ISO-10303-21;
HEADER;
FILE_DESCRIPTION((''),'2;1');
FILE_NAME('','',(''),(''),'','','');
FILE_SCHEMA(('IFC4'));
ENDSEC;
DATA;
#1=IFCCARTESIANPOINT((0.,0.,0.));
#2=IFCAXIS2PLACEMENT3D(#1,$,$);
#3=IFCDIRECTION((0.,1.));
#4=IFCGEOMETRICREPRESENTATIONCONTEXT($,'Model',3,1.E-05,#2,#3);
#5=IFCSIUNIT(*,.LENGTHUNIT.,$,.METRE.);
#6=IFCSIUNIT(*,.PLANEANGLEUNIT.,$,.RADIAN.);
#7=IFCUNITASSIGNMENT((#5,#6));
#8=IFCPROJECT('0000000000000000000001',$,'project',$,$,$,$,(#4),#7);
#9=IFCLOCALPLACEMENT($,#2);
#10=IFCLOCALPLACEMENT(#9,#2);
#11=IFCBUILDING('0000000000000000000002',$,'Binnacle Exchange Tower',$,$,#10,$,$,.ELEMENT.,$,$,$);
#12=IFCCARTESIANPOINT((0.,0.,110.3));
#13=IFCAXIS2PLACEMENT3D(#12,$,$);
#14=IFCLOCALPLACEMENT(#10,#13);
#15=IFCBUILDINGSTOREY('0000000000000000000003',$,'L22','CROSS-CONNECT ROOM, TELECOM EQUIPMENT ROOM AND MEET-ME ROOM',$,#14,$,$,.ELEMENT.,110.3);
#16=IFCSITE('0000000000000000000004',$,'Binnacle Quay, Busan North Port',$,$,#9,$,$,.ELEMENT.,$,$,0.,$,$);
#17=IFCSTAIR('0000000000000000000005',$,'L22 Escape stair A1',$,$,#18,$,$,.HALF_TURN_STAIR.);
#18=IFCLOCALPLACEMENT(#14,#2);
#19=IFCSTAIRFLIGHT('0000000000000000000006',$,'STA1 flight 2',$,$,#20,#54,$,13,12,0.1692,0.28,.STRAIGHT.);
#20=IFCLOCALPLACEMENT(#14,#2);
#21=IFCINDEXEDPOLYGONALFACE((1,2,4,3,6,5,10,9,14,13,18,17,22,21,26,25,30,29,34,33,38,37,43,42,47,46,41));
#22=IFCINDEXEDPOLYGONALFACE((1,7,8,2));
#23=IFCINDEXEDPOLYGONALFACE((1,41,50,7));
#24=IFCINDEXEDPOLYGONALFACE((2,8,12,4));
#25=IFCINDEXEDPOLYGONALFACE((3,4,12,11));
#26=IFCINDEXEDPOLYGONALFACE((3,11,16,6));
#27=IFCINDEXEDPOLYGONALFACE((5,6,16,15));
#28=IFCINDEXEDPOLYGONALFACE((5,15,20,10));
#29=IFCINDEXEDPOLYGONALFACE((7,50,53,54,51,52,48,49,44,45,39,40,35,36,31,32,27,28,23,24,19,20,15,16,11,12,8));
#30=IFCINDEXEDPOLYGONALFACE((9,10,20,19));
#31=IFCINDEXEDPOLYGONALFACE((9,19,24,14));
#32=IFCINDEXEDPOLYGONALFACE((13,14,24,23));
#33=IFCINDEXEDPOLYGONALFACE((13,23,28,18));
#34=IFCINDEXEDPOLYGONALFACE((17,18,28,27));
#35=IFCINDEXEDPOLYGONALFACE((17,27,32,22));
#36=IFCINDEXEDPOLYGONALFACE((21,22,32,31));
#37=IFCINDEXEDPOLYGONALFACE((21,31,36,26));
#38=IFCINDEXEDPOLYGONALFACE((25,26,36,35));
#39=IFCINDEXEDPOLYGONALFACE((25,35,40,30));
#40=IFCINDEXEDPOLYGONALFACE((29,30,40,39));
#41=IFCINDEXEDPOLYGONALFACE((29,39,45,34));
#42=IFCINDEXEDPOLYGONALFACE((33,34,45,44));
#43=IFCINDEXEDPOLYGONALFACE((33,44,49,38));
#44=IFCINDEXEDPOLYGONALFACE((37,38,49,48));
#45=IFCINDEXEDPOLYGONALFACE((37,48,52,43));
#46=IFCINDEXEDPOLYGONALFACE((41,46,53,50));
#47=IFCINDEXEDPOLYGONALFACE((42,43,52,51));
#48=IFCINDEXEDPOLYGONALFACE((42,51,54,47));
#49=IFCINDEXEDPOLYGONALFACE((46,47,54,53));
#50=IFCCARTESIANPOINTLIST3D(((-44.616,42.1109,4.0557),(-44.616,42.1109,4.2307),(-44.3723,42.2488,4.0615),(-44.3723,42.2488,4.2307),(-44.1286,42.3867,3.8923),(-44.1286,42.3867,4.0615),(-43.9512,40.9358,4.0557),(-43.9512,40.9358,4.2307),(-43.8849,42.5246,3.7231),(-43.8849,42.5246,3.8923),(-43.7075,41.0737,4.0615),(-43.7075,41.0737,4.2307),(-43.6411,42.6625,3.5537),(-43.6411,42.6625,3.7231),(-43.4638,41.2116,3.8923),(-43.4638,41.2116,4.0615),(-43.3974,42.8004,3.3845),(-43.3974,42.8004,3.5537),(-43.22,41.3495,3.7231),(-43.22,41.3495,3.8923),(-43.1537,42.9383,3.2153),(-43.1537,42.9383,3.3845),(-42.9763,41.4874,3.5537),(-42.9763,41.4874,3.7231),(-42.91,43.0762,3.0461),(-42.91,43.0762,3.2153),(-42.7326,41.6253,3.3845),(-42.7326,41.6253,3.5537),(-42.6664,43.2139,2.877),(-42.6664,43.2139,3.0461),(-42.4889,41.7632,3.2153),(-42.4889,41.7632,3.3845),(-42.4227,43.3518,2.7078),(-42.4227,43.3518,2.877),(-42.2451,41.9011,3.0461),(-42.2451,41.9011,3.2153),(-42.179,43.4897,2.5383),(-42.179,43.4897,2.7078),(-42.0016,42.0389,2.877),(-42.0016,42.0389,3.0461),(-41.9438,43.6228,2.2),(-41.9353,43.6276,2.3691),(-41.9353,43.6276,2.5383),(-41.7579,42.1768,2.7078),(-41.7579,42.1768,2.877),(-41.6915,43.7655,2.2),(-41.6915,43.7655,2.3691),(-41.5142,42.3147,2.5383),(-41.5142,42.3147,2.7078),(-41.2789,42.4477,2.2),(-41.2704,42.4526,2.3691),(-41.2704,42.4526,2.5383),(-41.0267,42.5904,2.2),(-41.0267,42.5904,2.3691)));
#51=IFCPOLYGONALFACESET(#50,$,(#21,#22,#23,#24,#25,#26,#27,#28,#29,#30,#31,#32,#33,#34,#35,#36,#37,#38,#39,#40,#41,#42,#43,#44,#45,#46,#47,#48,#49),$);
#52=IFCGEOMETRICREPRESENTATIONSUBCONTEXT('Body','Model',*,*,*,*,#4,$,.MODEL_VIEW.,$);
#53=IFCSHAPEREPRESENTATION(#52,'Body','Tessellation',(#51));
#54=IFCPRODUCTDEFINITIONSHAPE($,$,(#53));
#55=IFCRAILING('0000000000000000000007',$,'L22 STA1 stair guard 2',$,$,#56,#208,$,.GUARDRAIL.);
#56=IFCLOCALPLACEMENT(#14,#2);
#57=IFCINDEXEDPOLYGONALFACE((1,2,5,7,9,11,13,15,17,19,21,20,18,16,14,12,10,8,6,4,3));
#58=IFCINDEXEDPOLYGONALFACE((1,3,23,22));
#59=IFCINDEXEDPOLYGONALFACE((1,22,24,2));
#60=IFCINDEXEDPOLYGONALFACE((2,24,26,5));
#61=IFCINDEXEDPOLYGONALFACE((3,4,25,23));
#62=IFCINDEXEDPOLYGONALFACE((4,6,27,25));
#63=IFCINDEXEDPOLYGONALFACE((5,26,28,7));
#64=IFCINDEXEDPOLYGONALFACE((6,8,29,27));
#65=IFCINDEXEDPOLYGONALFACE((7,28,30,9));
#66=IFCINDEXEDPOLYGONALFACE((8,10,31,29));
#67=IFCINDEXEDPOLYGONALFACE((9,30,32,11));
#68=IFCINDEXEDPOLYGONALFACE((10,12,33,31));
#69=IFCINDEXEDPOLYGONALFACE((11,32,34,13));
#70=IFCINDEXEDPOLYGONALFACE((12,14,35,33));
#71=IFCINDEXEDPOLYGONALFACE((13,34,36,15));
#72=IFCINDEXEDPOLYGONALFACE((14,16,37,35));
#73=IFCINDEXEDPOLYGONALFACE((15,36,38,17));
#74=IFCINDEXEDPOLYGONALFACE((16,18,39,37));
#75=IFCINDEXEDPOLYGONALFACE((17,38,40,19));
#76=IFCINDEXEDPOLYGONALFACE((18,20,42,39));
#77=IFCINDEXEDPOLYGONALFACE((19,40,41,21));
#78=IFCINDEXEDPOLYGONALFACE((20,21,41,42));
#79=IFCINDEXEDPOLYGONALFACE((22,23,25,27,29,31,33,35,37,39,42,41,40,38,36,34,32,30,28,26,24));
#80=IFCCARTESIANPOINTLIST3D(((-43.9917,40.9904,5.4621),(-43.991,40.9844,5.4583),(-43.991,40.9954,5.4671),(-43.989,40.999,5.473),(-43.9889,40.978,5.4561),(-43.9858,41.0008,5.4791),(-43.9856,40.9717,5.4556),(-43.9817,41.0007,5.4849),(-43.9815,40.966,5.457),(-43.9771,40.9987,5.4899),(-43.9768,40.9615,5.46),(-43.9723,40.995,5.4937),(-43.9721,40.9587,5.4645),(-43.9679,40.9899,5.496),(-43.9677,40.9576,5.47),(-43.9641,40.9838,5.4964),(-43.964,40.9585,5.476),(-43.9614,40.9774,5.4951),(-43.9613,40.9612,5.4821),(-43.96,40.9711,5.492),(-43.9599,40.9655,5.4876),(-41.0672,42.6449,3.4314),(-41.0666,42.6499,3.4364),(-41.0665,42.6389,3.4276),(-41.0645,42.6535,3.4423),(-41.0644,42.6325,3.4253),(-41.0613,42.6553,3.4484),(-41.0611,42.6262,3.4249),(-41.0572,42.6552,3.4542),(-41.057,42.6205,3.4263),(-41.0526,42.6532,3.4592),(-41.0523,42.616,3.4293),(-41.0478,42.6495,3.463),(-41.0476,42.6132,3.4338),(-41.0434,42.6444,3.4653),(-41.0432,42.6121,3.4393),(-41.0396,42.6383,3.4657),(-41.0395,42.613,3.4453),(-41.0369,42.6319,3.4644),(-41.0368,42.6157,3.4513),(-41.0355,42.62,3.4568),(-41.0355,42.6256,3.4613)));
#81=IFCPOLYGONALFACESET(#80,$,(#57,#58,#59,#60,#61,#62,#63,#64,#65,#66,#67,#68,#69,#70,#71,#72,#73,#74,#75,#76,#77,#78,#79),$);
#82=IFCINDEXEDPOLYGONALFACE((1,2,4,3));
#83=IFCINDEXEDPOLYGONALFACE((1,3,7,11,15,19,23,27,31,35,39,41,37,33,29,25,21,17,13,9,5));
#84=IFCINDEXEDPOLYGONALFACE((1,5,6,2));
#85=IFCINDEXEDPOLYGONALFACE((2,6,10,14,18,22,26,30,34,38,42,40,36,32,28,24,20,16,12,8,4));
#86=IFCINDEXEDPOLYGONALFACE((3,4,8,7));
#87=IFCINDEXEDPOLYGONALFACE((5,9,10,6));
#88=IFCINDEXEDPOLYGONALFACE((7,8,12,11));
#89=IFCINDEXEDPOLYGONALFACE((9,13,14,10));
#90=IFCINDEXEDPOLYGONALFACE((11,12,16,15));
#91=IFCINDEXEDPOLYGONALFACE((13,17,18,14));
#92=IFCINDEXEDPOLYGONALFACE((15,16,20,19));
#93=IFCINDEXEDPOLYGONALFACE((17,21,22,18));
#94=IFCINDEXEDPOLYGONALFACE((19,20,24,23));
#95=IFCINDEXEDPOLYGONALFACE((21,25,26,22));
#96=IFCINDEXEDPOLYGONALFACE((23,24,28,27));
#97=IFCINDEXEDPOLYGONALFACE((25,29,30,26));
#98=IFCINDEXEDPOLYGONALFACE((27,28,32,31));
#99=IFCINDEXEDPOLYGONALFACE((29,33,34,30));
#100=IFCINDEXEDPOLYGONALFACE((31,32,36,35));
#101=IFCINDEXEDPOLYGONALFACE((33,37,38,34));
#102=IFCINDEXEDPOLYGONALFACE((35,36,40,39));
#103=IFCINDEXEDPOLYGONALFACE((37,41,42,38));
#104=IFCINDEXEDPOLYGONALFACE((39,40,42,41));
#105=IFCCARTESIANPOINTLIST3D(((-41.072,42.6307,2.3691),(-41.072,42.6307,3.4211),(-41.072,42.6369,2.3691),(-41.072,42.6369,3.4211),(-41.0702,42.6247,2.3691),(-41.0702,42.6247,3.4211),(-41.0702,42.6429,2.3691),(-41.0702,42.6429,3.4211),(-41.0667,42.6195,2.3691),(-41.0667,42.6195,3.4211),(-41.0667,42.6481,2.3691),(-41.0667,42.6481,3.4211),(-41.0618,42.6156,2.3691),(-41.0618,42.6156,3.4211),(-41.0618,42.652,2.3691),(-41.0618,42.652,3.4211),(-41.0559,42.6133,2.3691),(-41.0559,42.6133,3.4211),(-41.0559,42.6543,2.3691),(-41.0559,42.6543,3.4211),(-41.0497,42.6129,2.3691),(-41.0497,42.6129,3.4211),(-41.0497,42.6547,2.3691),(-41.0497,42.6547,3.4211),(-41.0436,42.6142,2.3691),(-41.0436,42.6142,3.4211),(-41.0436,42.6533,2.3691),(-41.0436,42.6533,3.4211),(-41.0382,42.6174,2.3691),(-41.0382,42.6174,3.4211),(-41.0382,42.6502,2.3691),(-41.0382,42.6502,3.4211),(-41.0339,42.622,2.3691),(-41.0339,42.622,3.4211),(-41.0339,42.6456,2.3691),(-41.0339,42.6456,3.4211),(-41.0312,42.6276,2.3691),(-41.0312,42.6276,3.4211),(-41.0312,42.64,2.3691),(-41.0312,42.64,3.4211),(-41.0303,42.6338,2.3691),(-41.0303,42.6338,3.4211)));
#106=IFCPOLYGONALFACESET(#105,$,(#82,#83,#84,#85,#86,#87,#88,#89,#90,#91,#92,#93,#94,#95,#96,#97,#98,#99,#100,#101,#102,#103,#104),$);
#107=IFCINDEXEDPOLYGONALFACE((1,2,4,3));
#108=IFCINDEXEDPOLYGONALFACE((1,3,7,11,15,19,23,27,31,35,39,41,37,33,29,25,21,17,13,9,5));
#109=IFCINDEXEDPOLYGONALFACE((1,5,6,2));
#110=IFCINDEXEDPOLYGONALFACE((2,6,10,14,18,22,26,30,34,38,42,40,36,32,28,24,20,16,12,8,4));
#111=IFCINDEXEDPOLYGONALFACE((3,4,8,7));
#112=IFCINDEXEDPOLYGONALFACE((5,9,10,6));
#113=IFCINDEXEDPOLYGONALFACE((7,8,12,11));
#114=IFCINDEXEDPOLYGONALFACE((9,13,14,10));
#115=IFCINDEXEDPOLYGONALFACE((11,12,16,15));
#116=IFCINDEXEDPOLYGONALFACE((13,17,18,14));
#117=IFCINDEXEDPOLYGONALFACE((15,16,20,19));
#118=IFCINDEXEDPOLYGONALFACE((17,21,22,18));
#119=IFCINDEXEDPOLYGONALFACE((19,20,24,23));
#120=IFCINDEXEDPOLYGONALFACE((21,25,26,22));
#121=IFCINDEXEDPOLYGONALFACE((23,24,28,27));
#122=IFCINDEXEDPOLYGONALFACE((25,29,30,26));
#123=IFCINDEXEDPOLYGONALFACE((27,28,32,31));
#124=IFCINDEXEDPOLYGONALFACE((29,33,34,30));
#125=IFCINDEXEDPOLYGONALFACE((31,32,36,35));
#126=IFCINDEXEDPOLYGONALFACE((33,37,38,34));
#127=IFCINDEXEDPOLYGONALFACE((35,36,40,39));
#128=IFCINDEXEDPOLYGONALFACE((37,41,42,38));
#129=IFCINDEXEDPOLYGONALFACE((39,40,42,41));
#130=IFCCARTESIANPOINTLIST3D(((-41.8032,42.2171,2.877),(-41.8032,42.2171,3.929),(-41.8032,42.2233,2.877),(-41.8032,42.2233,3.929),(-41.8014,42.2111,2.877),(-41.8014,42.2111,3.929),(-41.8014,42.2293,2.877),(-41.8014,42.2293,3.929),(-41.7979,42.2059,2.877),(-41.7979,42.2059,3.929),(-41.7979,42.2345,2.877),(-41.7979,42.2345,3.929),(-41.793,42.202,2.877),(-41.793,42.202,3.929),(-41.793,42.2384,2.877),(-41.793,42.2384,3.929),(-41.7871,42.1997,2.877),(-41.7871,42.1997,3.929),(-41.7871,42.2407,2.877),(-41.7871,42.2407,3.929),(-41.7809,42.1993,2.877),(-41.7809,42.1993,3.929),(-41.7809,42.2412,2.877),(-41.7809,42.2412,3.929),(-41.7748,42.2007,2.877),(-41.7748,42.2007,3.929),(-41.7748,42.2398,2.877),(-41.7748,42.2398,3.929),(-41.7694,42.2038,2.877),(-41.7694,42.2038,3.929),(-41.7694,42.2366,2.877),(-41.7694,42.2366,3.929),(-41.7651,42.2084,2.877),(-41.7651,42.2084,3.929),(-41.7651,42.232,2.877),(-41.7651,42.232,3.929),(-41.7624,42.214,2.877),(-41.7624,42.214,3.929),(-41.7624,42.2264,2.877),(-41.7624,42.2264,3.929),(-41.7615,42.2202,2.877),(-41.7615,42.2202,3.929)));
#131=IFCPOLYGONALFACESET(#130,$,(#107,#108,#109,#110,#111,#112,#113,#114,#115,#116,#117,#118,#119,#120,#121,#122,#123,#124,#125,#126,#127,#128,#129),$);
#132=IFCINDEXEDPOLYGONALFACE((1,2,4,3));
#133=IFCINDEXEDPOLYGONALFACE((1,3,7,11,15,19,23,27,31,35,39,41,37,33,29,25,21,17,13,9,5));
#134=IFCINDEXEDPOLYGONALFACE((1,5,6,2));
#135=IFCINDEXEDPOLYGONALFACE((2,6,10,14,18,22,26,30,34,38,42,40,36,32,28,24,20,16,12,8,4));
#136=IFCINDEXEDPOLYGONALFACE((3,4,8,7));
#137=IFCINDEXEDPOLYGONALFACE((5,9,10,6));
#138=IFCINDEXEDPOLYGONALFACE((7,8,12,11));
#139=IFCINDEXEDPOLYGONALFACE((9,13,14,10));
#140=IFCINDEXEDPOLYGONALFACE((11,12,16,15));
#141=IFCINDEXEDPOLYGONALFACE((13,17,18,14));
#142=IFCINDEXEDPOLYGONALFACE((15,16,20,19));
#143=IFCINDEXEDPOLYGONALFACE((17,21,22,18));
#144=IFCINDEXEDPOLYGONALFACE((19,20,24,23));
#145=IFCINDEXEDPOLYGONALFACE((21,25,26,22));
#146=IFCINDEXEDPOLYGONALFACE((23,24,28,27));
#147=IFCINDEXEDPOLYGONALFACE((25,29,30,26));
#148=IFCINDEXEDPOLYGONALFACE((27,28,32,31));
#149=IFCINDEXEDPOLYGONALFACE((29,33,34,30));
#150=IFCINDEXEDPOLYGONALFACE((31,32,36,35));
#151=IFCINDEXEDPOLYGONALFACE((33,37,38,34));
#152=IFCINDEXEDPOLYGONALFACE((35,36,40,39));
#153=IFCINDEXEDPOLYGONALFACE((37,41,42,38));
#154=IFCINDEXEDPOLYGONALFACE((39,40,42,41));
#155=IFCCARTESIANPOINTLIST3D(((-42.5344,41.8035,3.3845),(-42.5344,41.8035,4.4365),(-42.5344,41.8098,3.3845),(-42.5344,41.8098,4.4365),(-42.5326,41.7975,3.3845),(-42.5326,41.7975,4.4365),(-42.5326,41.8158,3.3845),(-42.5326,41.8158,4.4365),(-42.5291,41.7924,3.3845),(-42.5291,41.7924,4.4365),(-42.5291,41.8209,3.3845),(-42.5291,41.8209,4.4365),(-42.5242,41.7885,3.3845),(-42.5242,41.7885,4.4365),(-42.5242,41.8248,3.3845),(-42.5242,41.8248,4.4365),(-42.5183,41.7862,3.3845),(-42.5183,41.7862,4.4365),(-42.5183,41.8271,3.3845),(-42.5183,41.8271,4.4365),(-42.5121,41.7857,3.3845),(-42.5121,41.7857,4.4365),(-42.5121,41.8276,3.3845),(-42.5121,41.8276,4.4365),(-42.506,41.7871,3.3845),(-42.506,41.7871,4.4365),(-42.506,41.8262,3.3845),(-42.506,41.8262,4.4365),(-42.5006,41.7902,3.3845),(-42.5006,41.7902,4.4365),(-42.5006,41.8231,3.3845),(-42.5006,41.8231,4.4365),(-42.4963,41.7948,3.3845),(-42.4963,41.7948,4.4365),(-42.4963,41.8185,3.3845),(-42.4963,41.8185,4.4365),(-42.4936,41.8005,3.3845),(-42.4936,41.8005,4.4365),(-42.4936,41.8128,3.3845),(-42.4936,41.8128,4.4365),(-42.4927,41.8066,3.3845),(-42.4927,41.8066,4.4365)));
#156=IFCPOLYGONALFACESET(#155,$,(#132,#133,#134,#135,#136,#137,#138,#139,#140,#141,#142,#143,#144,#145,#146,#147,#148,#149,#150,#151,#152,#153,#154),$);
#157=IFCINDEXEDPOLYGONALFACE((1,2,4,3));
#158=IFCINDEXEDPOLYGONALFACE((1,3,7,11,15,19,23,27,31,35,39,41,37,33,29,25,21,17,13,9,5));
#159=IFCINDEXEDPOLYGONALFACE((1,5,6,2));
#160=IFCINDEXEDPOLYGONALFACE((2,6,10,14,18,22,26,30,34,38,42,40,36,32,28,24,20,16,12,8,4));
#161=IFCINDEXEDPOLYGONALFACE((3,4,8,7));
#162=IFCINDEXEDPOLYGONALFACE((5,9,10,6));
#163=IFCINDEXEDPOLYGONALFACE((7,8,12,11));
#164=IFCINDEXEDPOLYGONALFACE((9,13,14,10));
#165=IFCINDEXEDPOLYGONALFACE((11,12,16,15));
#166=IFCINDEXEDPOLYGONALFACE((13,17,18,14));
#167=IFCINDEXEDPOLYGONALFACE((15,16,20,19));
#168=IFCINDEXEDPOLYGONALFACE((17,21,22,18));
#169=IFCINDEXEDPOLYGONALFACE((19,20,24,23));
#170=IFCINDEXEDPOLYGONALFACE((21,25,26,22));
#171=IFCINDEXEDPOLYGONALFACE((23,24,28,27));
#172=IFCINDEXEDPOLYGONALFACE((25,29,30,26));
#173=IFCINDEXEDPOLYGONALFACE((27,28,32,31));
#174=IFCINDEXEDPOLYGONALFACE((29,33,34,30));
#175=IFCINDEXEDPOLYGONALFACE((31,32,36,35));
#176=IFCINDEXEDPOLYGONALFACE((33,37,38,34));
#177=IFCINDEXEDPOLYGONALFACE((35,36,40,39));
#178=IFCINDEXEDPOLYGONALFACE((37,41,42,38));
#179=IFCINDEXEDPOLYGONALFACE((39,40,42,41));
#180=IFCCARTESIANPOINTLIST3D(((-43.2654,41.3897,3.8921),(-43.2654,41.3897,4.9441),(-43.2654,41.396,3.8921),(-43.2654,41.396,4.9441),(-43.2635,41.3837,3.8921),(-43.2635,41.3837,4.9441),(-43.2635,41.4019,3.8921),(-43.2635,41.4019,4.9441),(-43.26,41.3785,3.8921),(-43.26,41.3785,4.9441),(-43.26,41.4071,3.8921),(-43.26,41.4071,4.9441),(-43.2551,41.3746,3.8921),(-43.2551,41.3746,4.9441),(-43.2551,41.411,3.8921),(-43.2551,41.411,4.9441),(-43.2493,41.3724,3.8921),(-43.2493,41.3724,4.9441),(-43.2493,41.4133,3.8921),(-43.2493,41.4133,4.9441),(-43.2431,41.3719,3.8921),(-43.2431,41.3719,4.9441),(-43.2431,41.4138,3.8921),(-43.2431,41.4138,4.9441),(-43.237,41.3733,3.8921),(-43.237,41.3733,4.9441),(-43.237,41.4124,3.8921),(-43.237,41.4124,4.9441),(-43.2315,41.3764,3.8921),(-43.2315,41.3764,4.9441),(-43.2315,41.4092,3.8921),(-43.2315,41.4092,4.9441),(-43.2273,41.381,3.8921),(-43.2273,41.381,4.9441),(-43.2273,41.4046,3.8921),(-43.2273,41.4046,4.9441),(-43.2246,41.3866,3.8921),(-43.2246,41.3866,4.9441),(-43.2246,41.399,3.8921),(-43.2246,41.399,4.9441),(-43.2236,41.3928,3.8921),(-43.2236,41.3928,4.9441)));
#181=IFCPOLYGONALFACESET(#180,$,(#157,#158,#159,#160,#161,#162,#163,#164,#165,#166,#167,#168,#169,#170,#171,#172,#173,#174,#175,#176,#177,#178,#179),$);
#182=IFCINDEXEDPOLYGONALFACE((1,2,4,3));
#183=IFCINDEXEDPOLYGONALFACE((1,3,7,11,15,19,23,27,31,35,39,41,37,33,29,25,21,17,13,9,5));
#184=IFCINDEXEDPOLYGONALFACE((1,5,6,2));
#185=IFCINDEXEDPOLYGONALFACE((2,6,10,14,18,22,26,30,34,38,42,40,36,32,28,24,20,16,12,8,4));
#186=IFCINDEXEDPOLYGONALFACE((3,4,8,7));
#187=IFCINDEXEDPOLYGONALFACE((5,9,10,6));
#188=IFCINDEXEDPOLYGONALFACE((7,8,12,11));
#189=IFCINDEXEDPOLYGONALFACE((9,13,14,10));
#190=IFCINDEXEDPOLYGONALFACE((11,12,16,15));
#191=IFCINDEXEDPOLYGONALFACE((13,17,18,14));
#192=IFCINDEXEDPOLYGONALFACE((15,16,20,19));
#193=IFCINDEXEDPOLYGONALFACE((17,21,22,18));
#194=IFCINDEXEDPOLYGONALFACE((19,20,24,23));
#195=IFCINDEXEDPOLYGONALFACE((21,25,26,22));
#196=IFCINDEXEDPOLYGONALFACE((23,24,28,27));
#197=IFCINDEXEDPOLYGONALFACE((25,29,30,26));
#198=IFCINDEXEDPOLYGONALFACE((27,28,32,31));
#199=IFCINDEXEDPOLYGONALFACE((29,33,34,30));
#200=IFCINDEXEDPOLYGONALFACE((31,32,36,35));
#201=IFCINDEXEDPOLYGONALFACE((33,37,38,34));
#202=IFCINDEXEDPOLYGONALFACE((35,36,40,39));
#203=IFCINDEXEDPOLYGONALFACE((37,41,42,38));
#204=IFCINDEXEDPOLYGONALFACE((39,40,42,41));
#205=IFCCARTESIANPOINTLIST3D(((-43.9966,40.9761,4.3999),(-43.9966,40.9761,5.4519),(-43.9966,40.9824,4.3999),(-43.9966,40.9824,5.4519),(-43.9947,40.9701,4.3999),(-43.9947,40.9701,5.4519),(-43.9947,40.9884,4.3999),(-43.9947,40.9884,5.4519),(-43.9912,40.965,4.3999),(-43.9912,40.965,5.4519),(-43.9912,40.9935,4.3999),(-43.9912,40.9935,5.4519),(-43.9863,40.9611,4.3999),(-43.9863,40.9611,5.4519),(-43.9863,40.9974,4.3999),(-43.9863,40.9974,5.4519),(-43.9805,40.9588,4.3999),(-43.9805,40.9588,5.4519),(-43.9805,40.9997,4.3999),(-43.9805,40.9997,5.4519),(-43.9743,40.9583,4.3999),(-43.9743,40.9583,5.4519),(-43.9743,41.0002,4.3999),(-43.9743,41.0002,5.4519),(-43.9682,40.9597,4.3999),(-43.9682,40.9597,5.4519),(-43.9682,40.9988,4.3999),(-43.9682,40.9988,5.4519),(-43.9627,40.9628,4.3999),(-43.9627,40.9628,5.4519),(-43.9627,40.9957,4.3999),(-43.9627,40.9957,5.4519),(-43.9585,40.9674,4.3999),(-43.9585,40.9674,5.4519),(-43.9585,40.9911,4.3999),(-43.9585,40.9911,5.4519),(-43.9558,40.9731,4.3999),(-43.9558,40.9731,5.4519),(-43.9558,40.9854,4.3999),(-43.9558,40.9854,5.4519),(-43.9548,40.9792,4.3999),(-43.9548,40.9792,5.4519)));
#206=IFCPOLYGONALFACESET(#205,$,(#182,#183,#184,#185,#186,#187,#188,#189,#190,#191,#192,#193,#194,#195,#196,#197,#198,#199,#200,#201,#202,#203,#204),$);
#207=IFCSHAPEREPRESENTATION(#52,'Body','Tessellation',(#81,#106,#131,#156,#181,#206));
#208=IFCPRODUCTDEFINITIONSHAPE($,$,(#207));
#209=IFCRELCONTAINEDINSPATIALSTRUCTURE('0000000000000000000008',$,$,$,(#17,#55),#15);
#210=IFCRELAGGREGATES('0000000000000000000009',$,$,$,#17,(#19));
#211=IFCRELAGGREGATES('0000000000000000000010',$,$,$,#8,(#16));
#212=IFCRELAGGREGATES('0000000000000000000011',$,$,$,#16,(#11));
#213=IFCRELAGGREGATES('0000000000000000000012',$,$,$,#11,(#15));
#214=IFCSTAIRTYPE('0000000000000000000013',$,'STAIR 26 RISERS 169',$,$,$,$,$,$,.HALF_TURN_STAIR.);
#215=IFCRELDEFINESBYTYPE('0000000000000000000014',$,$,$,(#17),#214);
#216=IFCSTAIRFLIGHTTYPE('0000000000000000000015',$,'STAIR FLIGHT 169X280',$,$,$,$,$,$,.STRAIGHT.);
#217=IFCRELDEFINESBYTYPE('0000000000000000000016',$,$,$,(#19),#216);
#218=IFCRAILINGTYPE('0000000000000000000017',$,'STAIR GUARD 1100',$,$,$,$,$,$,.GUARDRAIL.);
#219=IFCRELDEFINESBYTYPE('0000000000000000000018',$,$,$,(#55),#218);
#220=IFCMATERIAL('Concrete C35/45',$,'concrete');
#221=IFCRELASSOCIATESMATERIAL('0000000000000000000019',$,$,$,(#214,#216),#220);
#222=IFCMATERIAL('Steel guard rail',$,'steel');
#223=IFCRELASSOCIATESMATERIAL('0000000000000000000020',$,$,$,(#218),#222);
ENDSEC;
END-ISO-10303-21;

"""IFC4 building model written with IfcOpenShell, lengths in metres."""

from ifc_helpers import new_model, si_unit, direction, frame, origin, origin_2d, place, context, subcontext, project, spatial, polyline, circle, outline, extrude, material, type_object, element, aggregate, save


model = new_model("IFC4")

# Units and contexts
model_context = context("Model", 3, precision=1e-05, world=origin(), true_north=direction((0.0, 1.0)))
body_context = subcontext(model_context, "Body", "Model", "MODEL_VIEW")
ifc_project = project(units=[si_unit("LENGTHUNIT", "METRE"), si_unit("PLANEANGLEUNIT", "RADIAN")], contexts=[model_context])

# Site, building, storey
site_placement = place(None, origin())
site = spatial("IfcSite", under=ifc_project, at=site_placement, Name="Binnacle Quay, Busan North Port", CompositionType="ELEMENT", RefElevation=0.0)
building_placement = place(site_placement, origin())
building = spatial("IfcBuilding", under=site, at=building_placement, Name="Binnacle Exchange Tower", CompositionType="ELEMENT")
storey_placement = place(building_placement, frame((0.0, 0.0, 110.3)))
storey = spatial("IfcBuildingStorey", under=building, at=storey_placement, Name="L22", Description="CROSS-CONNECT ROOM, TELECOM EQUIPMENT ROOM AND MEET-ME ROOM", CompositionType="ELEMENT", Elevation=110.3)

# Stair, stair flight
ifc_material_1 = material(Name="Concrete C35/45", Category="concrete")
stair_type = type_object("IfcStairType", Name="STAIR 26 RISERS 169", PredefinedType="HALF_TURN_STAIR", material=ifc_material_1)
stair_placement = place(storey_placement, origin())
stair = element("IfcStair", 1, at=stair_placement, inside=storey, type_object=stair_type, Name="L22 Escape stair A1", PredefinedType="HALF_TURN_STAIR")
stair_flight_type = type_object("IfcStairFlightType", Name="STAIR FLIGHT 169X280", PredefinedType="STRAIGHT", material=ifc_material_1)
stair_flight_1_placement = place(storey_placement, frame((-41.3591, 43.178, 2.2), z_axis=(0.0, 0.0, 1.0), x_axis=(-0.870356, -0.492424, 0.0)))
stair_flight_1 = element("IfcStairFlight", 2, at=stair_flight_1_placement, type_object=stair_flight_type, Name="STA1 flight 2", NumberOfRisers=13, NumberOfTreads=12, PredefinedType="STRAIGHT", RiserHeight=0.1692, TreadLength=0.28, context=body_context, shape_type="SweptSolid", body=[
    extrude(outline(polyline([(0.0, 0.0), (0.0, 0.1692), (0.28, 0.1692), (0.28, 0.3384), (0.5601, 0.3384), (0.5601, 0.5078), (0.8401, 0.5078), (0.8401, 0.677), (1.1201, 0.677), (1.1201, 0.8462), (1.3999, 0.8462), (1.3999, 1.0154), (1.6799, 1.0154), (1.6799, 1.1846), (1.96, 1.1846), (1.96, 1.3538), (2.24, 1.3538), (2.24, 1.5232), (2.52, 1.5232), (2.52, 1.6924), (2.8, 1.6924), (2.8, 1.8616), (3.0801, 1.8616), (3.0801, 2.0308), (3.3601, 2.0308), (3.3601, 2.2), (3.3601, 1.8557), (0.2898, 0.0), (0.0, 0.0)])), frame((0.0, 0.675, 0.0), z_axis=(0.0, -1.0, 0.0), x_axis=(1.0, 0.0, 0.0)), (0.0, 0.0, 1.0), 1.3501),
])
aggregate(stair, [stair_flight_1])

# Railing
ifc_material_2 = material(Name="Steel guard rail", Category="steel")
railing_type_1 = type_object("IfcRailingType", Name="STAIR GUARD 1100", PredefinedType="GUARDRAIL", material=ifc_material_2)
railing_1_placement = place(storey_placement, frame((-41.0513, 42.6338, 2.3691)))
element("IfcRailing", 3, at=railing_1_placement, inside=storey, type_object=railing_type_1, Name="L22 STA1 stair guard 2", PredefinedType="GUARDRAIL", context=body_context, shape_type="SweptSolid", body=[
    extrude(circle(Radius=0.0239, at=origin_2d()), frame((0.0, 0.0, 1.0762), z_axis=(-0.744895, -0.421417, 0.517242), x_axis=(0.492402, -0.870368, 0.0)), (0.0, 0.0, 1.0), 3.926),
    extrude(circle(Radius=0.021, at=origin_2d()), origin(), (0.0, 0.0, 1.0), 1.052),
    extrude(circle(Radius=0.021, at=origin_2d()), frame((-0.7312, -0.4136, 0.5078)), (0.0, 0.0, 1.0), 1.052),
    extrude(circle(Radius=0.021, at=origin_2d()), frame((-1.4624, -0.8271, 1.0154)), (0.0, 0.0, 1.0), 1.052),
    extrude(circle(Radius=0.021, at=origin_2d()), frame((-2.1934, -1.241, 1.5229)), (0.0, 0.0, 1.0), 1.052),
    extrude(circle(Radius=0.021, at=origin_2d()), frame((-2.9246, -1.6545, 2.0308)), (0.0, 0.0, 1.0), 1.052),
])

save(model, "model.ifc")
